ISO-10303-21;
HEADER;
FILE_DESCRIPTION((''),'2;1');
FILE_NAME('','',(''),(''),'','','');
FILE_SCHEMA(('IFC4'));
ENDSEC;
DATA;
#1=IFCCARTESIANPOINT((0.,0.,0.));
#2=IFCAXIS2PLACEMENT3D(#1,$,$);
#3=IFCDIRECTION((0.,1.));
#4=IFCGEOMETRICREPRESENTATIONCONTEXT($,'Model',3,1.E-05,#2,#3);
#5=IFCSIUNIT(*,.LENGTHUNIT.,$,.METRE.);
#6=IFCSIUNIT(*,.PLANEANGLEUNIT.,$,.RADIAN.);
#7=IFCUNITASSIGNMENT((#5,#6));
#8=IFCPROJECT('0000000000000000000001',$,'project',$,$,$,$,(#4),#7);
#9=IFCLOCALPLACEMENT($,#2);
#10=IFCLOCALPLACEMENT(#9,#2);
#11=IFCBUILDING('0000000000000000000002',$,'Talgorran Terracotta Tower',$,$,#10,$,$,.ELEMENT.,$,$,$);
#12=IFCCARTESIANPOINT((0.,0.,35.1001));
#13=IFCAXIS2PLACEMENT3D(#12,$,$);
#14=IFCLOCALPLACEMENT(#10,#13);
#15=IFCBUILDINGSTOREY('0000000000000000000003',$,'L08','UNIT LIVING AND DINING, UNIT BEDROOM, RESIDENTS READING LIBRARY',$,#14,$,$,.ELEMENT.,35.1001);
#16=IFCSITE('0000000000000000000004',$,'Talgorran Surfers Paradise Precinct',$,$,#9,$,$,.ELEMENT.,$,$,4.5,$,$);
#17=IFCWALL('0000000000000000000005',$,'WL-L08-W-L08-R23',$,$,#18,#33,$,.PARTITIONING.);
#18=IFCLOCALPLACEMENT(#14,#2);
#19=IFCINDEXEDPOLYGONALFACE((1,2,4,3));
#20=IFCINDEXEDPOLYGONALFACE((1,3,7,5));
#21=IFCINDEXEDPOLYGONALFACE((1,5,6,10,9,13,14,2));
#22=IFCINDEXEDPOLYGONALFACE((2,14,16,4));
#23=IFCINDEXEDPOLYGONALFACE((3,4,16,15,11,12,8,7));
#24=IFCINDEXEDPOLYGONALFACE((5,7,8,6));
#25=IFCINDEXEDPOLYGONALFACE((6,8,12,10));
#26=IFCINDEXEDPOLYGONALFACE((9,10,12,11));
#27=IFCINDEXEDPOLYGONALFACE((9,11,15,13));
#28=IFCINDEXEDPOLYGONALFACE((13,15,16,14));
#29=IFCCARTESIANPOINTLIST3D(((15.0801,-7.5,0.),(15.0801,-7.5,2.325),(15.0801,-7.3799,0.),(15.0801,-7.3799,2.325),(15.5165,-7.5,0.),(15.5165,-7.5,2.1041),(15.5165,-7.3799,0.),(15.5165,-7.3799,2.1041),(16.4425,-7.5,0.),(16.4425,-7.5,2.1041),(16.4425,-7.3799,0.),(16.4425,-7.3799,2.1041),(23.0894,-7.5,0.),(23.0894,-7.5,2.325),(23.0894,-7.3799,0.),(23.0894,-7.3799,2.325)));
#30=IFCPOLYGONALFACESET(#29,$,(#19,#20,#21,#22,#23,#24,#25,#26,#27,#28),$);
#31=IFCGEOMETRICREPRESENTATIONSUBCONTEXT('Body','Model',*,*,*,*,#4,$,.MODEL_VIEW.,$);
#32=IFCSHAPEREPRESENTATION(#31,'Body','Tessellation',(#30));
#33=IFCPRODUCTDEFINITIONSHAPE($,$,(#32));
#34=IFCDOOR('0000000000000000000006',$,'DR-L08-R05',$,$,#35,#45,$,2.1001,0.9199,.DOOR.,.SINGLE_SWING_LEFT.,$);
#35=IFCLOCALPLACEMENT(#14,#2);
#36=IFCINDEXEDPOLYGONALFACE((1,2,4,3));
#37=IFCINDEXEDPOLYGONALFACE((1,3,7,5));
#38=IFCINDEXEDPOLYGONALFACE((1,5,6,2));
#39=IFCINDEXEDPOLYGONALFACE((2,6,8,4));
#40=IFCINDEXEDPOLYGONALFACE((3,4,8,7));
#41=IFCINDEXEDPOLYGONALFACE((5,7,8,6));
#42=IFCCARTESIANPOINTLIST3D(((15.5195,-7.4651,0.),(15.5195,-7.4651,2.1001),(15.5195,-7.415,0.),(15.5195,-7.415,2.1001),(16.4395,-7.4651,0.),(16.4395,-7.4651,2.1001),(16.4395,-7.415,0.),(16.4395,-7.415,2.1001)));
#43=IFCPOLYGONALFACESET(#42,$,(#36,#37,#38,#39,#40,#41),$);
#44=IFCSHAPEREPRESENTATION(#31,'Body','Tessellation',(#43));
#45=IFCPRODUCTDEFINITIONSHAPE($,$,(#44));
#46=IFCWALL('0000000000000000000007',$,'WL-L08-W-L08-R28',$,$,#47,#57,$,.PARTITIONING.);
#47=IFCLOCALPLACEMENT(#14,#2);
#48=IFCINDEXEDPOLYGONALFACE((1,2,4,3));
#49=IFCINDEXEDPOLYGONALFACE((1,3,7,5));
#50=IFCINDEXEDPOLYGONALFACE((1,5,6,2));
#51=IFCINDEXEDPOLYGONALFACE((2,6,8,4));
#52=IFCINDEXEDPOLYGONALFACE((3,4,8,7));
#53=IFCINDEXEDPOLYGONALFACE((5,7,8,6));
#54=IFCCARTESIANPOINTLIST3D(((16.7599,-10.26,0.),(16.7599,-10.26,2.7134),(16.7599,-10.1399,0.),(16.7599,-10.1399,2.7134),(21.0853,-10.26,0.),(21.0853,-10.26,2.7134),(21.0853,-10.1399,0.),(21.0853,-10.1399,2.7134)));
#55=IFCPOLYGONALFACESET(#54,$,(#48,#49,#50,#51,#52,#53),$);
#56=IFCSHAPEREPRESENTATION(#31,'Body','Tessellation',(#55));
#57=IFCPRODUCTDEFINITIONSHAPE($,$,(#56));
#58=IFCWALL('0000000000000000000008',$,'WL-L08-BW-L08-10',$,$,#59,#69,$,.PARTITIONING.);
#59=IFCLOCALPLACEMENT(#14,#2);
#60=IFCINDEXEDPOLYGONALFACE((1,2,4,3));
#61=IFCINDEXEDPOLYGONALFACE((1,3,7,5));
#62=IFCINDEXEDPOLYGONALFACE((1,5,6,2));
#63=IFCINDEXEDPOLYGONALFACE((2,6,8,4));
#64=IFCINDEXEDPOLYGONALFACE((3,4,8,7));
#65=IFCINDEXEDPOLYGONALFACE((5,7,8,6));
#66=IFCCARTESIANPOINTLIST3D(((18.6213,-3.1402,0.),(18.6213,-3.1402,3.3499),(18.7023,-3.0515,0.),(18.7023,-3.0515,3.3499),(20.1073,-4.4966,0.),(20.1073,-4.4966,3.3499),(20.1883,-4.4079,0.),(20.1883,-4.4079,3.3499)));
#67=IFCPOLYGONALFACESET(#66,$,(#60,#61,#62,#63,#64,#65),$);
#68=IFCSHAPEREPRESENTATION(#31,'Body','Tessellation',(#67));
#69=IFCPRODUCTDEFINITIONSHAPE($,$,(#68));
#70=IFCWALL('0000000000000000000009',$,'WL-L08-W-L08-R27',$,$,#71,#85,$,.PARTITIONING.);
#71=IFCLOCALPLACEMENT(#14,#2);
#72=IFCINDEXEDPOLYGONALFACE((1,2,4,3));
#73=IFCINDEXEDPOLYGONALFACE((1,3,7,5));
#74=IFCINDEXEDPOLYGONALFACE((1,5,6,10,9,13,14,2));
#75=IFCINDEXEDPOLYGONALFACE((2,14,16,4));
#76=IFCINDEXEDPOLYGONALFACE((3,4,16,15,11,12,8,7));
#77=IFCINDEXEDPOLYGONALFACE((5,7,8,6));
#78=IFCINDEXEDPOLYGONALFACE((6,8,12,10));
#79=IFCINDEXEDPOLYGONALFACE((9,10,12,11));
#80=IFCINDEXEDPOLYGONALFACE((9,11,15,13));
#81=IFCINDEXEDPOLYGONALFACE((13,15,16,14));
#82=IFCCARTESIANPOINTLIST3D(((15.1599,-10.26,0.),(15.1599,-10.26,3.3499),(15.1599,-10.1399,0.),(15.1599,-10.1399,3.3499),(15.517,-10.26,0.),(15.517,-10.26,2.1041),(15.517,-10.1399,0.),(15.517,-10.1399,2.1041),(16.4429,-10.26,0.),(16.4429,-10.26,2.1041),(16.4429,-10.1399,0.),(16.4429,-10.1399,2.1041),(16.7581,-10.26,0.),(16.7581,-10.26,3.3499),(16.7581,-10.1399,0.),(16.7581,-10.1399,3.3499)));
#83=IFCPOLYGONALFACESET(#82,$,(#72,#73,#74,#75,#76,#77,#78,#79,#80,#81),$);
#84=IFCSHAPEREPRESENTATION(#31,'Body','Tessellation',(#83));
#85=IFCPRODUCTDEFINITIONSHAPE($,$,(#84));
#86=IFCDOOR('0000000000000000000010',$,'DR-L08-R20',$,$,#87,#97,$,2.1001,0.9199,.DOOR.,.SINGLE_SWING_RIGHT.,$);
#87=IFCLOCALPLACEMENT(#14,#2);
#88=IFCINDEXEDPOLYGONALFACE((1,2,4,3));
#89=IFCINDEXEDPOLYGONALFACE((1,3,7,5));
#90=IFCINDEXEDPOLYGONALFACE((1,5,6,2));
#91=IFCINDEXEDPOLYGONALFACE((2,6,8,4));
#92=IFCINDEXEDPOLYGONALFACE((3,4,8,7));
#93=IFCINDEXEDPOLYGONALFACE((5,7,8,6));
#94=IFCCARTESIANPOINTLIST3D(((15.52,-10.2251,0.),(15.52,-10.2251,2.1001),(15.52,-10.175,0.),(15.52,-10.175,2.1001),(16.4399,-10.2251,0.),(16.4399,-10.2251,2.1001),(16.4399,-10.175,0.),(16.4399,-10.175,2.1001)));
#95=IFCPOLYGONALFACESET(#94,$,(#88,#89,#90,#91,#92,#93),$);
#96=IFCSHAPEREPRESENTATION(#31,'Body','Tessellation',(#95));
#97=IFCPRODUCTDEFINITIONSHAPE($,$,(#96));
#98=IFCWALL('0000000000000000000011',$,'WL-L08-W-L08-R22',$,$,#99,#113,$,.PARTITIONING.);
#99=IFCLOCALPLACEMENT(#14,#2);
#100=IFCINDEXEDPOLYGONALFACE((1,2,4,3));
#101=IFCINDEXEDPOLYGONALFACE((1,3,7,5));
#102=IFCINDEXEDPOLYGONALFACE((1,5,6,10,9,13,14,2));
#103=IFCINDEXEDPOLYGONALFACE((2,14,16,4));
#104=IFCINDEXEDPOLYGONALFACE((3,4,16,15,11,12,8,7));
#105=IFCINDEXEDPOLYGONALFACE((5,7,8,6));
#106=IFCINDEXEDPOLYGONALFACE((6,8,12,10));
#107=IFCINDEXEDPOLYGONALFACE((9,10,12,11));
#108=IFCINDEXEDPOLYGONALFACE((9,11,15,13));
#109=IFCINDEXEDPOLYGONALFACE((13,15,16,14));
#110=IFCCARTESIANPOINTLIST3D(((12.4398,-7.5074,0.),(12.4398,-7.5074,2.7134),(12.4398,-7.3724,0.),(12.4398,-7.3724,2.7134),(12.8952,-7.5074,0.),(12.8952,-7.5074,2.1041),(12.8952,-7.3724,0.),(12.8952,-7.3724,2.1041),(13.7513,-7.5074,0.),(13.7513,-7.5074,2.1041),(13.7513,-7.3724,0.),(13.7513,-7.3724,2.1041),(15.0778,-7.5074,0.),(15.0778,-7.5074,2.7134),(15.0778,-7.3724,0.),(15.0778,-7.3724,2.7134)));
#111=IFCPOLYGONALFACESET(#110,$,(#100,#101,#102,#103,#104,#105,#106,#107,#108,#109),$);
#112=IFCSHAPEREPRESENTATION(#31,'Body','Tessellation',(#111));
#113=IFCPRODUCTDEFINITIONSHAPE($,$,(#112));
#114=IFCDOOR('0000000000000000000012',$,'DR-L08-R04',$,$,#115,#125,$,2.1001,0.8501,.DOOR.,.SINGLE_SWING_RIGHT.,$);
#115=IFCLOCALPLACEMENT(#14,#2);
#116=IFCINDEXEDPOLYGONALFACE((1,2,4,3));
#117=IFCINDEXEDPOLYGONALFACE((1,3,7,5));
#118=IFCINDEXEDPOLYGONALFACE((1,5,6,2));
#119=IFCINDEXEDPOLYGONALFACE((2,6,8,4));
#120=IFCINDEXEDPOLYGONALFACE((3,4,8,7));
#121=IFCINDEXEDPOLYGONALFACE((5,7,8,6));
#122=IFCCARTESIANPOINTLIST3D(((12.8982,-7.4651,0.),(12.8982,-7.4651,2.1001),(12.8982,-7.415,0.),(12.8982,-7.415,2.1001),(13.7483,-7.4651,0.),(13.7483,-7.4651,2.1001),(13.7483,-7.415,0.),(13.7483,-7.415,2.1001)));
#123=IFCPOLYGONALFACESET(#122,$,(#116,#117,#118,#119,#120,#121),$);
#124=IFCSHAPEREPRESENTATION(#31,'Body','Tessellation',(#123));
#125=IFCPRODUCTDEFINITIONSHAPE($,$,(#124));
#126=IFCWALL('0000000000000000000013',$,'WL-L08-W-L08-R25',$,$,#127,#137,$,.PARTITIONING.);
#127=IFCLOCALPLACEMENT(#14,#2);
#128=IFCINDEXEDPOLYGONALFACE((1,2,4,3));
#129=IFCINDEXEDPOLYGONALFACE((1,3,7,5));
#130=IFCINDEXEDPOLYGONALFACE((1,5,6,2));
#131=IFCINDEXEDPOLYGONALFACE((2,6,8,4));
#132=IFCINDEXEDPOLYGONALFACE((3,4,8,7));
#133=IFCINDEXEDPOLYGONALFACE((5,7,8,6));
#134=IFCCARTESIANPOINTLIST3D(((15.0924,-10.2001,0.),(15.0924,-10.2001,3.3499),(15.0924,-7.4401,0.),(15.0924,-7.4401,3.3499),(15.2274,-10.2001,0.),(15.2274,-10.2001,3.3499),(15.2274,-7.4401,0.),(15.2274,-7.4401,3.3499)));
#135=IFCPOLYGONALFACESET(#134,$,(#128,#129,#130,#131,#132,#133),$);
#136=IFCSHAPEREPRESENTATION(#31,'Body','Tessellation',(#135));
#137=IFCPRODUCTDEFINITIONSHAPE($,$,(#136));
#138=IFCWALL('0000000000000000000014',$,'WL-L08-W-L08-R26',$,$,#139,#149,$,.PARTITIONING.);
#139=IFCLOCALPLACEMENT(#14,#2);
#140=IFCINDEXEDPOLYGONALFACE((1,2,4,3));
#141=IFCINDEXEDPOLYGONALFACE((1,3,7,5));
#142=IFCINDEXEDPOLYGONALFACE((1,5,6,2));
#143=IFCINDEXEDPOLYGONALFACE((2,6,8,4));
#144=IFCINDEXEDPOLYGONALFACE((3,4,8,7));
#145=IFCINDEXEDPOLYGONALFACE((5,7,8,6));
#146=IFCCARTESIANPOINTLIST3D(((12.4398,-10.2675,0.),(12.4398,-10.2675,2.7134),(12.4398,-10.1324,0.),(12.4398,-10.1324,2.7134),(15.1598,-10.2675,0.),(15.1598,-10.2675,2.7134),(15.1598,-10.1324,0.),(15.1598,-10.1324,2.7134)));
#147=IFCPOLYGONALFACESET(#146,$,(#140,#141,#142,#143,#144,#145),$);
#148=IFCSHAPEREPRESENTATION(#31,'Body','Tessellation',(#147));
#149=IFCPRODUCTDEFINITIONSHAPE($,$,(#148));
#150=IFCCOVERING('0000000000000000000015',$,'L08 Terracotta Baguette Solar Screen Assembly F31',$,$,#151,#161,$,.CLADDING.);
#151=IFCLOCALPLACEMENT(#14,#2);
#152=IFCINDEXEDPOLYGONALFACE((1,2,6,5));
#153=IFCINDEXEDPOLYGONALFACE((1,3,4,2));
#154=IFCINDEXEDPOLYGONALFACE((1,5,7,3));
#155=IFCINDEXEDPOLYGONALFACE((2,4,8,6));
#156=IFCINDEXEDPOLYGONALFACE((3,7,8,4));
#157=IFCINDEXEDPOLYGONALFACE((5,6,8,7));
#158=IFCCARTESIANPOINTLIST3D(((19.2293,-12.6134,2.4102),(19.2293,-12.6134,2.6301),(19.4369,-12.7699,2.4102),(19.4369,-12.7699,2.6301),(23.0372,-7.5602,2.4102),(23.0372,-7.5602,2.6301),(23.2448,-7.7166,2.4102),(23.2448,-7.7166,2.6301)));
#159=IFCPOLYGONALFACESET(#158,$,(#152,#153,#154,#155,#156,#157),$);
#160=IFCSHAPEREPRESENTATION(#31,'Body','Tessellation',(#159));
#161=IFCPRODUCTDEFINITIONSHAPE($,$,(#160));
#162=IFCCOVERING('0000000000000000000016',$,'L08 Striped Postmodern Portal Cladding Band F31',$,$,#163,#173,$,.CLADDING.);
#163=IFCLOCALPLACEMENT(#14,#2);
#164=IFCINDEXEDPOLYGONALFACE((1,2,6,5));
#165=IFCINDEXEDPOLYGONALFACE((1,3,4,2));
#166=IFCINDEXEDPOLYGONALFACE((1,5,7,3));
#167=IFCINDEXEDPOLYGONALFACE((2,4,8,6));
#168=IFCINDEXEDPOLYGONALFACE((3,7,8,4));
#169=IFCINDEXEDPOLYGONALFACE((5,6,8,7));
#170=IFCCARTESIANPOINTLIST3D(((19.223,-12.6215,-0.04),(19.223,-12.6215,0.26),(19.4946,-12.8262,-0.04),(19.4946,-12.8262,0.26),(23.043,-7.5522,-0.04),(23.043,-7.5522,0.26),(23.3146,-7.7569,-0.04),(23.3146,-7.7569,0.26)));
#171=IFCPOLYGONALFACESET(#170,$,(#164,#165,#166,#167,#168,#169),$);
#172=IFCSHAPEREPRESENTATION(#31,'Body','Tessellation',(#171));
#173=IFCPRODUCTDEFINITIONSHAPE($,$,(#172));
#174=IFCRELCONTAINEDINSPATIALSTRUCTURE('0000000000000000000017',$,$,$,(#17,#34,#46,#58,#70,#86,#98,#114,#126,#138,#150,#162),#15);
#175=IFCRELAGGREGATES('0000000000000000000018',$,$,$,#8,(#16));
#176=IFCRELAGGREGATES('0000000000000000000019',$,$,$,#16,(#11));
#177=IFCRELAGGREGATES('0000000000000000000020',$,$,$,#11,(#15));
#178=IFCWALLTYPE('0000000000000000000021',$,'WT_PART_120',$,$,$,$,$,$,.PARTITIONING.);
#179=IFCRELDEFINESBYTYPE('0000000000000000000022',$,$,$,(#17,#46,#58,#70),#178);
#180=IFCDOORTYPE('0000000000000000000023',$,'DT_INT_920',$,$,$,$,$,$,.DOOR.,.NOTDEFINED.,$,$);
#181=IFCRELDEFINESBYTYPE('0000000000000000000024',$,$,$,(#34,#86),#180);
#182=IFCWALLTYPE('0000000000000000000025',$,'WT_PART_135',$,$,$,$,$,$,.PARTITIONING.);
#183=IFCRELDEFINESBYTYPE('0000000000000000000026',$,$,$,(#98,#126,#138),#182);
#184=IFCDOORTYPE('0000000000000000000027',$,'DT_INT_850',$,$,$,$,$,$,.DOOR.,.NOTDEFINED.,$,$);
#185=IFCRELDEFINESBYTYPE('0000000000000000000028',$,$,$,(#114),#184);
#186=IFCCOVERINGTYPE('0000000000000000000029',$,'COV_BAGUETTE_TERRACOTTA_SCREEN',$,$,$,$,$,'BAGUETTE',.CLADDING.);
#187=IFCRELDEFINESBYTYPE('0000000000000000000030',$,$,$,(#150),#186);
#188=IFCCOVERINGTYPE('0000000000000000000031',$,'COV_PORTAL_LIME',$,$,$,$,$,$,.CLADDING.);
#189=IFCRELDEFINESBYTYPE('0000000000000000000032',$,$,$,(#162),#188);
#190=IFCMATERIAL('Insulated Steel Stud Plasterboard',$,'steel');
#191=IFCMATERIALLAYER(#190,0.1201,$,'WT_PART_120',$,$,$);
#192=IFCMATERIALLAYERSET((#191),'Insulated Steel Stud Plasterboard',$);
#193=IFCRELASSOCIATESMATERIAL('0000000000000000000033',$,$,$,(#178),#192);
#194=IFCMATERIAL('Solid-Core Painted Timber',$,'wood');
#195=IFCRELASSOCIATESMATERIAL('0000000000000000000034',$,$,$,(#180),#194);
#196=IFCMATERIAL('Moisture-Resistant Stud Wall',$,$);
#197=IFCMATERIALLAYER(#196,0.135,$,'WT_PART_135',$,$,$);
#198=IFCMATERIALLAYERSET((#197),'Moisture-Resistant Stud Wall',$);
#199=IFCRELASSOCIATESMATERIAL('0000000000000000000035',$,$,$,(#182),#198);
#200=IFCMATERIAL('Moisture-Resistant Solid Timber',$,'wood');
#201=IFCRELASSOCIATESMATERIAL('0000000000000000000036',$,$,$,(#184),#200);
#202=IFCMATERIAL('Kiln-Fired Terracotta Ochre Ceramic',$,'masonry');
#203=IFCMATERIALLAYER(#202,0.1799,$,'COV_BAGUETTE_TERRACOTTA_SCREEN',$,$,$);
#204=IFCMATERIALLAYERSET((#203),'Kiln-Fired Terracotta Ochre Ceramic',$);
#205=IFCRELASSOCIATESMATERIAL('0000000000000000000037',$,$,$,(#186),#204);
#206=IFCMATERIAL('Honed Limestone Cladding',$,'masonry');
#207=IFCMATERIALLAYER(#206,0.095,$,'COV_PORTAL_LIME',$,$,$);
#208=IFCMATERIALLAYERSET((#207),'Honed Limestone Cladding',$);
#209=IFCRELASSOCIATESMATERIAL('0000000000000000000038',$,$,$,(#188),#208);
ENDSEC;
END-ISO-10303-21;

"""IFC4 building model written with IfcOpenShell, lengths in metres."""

from ifc_helpers import new_model, si_unit, direction, frame, frame_2d, origin, origin_2d, place, context, subcontext, project, spatial, rectangle, extrude, material, layer, layer_set, type_object, element, fill, save


model = new_model("IFC4")

# Units and contexts
model_context = context("Model", 3, precision=1e-05, world=origin(), true_north=direction((0.0, 1.0)))
body_context = subcontext(model_context, "Body", "Model", "MODEL_VIEW")
ifc_project = project(units=[si_unit("LENGTHUNIT", "METRE"), si_unit("PLANEANGLEUNIT", "RADIAN")], contexts=[model_context])

# Site, building, storey
site_placement = place(None, origin())
site = spatial("IfcSite", under=ifc_project, at=site_placement, Name="Talgorran Surfers Paradise Precinct", CompositionType="ELEMENT", RefElevation=4.5)
building_placement = place(site_placement, origin())
building = spatial("IfcBuilding", under=site, at=building_placement, Name="Talgorran Terracotta Tower", CompositionType="ELEMENT")
storey_placement = place(building_placement, frame((0.0, 0.0, 35.1001)))
storey = spatial("IfcBuildingStorey", under=building, at=storey_placement, Name="L08", Description="UNIT LIVING AND DINING, UNIT BEDROOM, RESIDENTS READING LIBRARY", CompositionType="ELEMENT", Elevation=35.1001)

# Wall, opening, door
ifc_material_1 = material(Name="Insulated Steel Stud Plasterboard", Category="steel")
ifc_layer_1 = layer(ifc_material_1, 0.1201, Name="WT_PART_120")
ifc_layer_set_1 = layer_set([ifc_layer_1], Name="Insulated Steel Stud Plasterboard")
wall_type_1 = type_object("IfcWallType", Name="WT_PART_120", PredefinedType="PARTITIONING", material=ifc_layer_set_1)
wall_1_placement = place(storey_placement, frame((15.0801, -7.4399, 0.0), z_axis=(0.0, 0.0, 1.0), x_axis=(1.0, 0.0, 0.0)))
wall_1 = element("IfcWall", 1, at=wall_1_placement, inside=storey, type_object=wall_type_1, Name="WL-L08-W-L08-R23", PredefinedType="PARTITIONING", context=body_context, shape_type="SweptSolid", body=[
    extrude(rectangle(XDim=8.0093, YDim=0.1201, at=frame_2d((4.0046, 0.0))), origin(), (0.0, 0.0, 1.0), 2.325),
])
opening_1_placement = place(wall_1_placement, frame((0.4395, 0.0, 0.0)))
opening_1 = element("IfcOpeningElement", 2, at=opening_1_placement, cuts=wall_1, PredefinedType="OPENING", context=body_context, shape_type="SweptSolid", body=[
    extrude(rectangle(XDim=0.9259, YDim=2.1041, at=frame_2d((0.46, 1.052))), frame((0.0, 0.0701, 0.0), z_axis=(0.0, -1.0, 0.0), x_axis=(1.0, 0.0, 0.0)), (0.0, 0.0, 1.0), 0.1401),
])
ifc_material_2 = material(Name="Solid-Core Painted Timber", Category="wood")
door_type_1 = type_object("IfcDoorType", Name="DT_INT_920", OperationType="NOTDEFINED", PredefinedType="DOOR", material=ifc_material_2)
door_1_placement = place(opening_1_placement, origin())
door_1 = element("IfcDoor", 3, at=door_1_placement, inside=storey, type_object=door_type_1, Name="DR-L08-R05", OperationType="SINGLE_SWING_LEFT", OverallHeight=2.1001, OverallWidth=0.9199, PredefinedType="DOOR", context=body_context, shape_type="SweptSolid", body=[
    extrude(rectangle(XDim=0.9199, YDim=2.1001, at=frame_2d((0.46, 1.05))), frame((0.0, 0.0249, 0.0), z_axis=(0.0, -1.0, 0.0), x_axis=(1.0, 0.0, 0.0)), (0.0, 0.0, 1.0), 0.05),
])
fill(opening_1, door_1)

# Walls
wall_2_placement = place(storey_placement, frame((16.76, -10.2, 0.0), z_axis=(0.0, 0.0, 1.0), x_axis=(1.0, 0.0, 0.0)))
element("IfcWall", 4, at=wall_2_placement, inside=storey, type_object=wall_type_1, Name="WL-L08-W-L08-R28", PredefinedType="PARTITIONING", context=body_context, shape_type="SweptSolid", body=[
    extrude(rectangle(XDim=4.3254, YDim=0.1201, at=frame_2d((2.1626, 0.0))), origin(), (0.0, 0.0, 1.0), 2.7134),
])
wall_3_placement = place(storey_placement, frame((20.1477, -4.4521, 0.0), z_axis=(0.0, 0.0, 1.0), x_axis=(-0.738588, 0.674157, 0.0)))
element("IfcWall", 5, at=wall_3_placement, inside=storey, type_object=wall_type_1, Name="WL-L08-BW-L08-10", PredefinedType="PARTITIONING", context=body_context, shape_type="SweptSolid", body=[
    extrude(rectangle(XDim=2.012, YDim=0.1201, at=frame_2d((1.0059, 0.0))), origin(), (0.0, 0.0, 1.0), 3.3499),
])

# Walls, openings, doors
wall_4_placement = place(storey_placement, frame((15.1599, -10.2, 0.0), z_axis=(0.0, 0.0, 1.0), x_axis=(1.0, 0.0, 0.0)))
wall_4 = element("IfcWall", 6, at=wall_4_placement, inside=storey, type_object=wall_type_1, Name="WL-L08-W-L08-R27", PredefinedType="PARTITIONING", context=body_context, shape_type="SweptSolid", body=[
    extrude(rectangle(XDim=1.5981, YDim=0.1201, at=frame_2d((0.7991, 0.0))), origin(), (0.0, 0.0, 1.0), 3.3499),
])
opening_2_placement = place(wall_4_placement, frame((0.3601, 0.0, 0.0)))
opening_2 = element("IfcOpeningElement", 7, at=opening_2_placement, cuts=wall_4, PredefinedType="OPENING", context=body_context, shape_type="SweptSolid", body=[
    extrude(rectangle(XDim=0.9259, YDim=2.1041, at=frame_2d((0.46, 1.052))), frame((0.0, 0.0701, 0.0), z_axis=(0.0, -1.0, 0.0), x_axis=(1.0, 0.0, 0.0)), (0.0, 0.0, 1.0), 0.1401),
])
door_2_placement = place(opening_2_placement, origin())
door_2 = element("IfcDoor", 8, at=door_2_placement, inside=storey, type_object=door_type_1, Name="DR-L08-R20", OperationType="SINGLE_SWING_RIGHT", OverallHeight=2.1001, OverallWidth=0.9199, PredefinedType="DOOR", context=body_context, shape_type="SweptSolid", body=[
    extrude(rectangle(XDim=0.9199, YDim=2.1001, at=frame_2d((0.46, 1.05))), frame((0.0, 0.0249, 0.0), z_axis=(0.0, -1.0, 0.0), x_axis=(1.0, 0.0, 0.0)), (0.0, 0.0, 1.0), 0.05),
])
fill(opening_2, door_2)
ifc_material_3 = material(Name="Moisture-Resistant Stud Wall")
ifc_layer_2 = layer(ifc_material_3, 0.135, Name="WT_PART_135")
ifc_layer_set_2 = layer_set([ifc_layer_2], Name="Moisture-Resistant Stud Wall")
wall_type_2 = type_object("IfcWallType", Name="WT_PART_135", PredefinedType="PARTITIONING", material=ifc_layer_set_2)
wall_5_placement = place(storey_placement, frame((12.4399, -7.4399, 0.0), z_axis=(0.0, 0.0, 1.0), x_axis=(1.0, 0.0, 0.0)))
wall_5 = element("IfcWall", 9, at=wall_5_placement, inside=storey, type_object=wall_type_2, Name="WL-L08-W-L08-R22", PredefinedType="PARTITIONING", context=body_context, shape_type="SweptSolid", body=[
    extrude(rectangle(XDim=2.6379, YDim=0.135, at=frame_2d((1.3188, 0.0))), origin(), (0.0, 0.0, 1.0), 2.7134),
])
opening_3_placement = place(wall_5_placement, frame((0.4583, 0.0, 0.0)))
opening_3 = element("IfcOpeningElement", 10, at=opening_3_placement, cuts=wall_5, PredefinedType="OPENING", context=body_context, shape_type="SweptSolid", body=[
    extrude(rectangle(XDim=0.8561, YDim=2.1041, at=frame_2d((0.425, 1.052))), frame((0.0, 0.0776, 0.0), z_axis=(0.0, -1.0, 0.0), x_axis=(1.0, 0.0, 0.0)), (0.0, 0.0, 1.0), 0.155),
])
ifc_material_4 = material(Name="Moisture-Resistant Solid Timber", Category="wood")
door_type_2 = type_object("IfcDoorType", Name="DT_INT_850", OperationType="NOTDEFINED", PredefinedType="DOOR", material=ifc_material_4)
door_3_placement = place(opening_3_placement, origin())
door_3 = element("IfcDoor", 11, at=door_3_placement, inside=storey, type_object=door_type_2, Name="DR-L08-R04", OperationType="SINGLE_SWING_RIGHT", OverallHeight=2.1001, OverallWidth=0.8501, PredefinedType="DOOR", context=body_context, shape_type="SweptSolid", body=[
    extrude(rectangle(XDim=0.8501, YDim=2.1001, at=frame_2d((0.425, 1.05))), frame((0.0, 0.0249, 0.0), z_axis=(0.0, -1.0, 0.0), x_axis=(1.0, 0.0, 0.0)), (0.0, 0.0, 1.0), 0.05),
])
fill(opening_3, door_3)

# Walls
wall_6_placement = place(storey_placement, frame((15.1599, -10.2, 0.0), z_axis=(0.0, 0.0, 1.0), x_axis=(0.0, 1.0, 0.0)))
element("IfcWall", 12, at=wall_6_placement, inside=storey, type_object=wall_type_2, Name="WL-L08-W-L08-R25", PredefinedType="PARTITIONING", context=body_context, shape_type="SweptSolid", body=[
    extrude(rectangle(XDim=2.76, YDim=0.135, at=frame_2d((1.3799, 0.0))), origin(), (0.0, 0.0, 1.0), 3.3499),
])
wall_7_placement = place(storey_placement, frame((12.4399, -10.2, 0.0), z_axis=(0.0, 0.0, 1.0), x_axis=(1.0, 0.0, 0.0)))
element("IfcWall", 13, at=wall_7_placement, inside=storey, type_object=wall_type_2, Name="WL-L08-W-L08-R26", PredefinedType="PARTITIONING", context=body_context, shape_type="SweptSolid", body=[
    extrude(rectangle(XDim=2.72, YDim=0.135, at=frame_2d((1.3599, 0.0))), origin(), (0.0, 0.0, 1.0), 2.7134),
])

# Coverings
ifc_material_5 = material(Name="Kiln-Fired Terracotta Ochre Ceramic", Category="masonry")
ifc_layer_3 = layer(ifc_material_5, 0.1799, Name="COV_BAGUETTE_TERRACOTTA_SCREEN")
ifc_layer_set_3 = layer_set([ifc_layer_3], Name="Kiln-Fired Terracotta Ochre Ceramic")
covering_type_1 = type_object("IfcCoveringType", Name="COV_BAGUETTE_TERRACOTTA_SCREEN", ElementType="BAGUETTE", PredefinedType="CLADDING", material=ifc_layer_set_3)
covering_1_placement = place(storey_placement, frame((21.2371, -10.165, 2.4102), z_axis=(0.0, 0.0, 1.0), x_axis=(0.601815, 0.798636, 0.0)))
element("IfcCovering", 14, at=covering_1_placement, inside=storey, type_object=covering_type_1, Name="L08 Terracotta Baguette Solar Screen Assembly F31", PredefinedType="CLADDING", context=body_context, shape_type="SweptSolid", body=[
    extrude(rectangle(XDim=6.3274, YDim=0.26, at=origin_2d()), origin(), (0.0, 0.0, 1.0), 0.22),
])
ifc_material_6 = material(Name="Honed Limestone Cladding", Category="masonry")
ifc_layer_4 = layer(ifc_material_6, 0.095, Name="COV_PORTAL_LIME")
ifc_layer_set_4 = layer_set([ifc_layer_4], Name="Honed Limestone Cladding")
covering_type_2 = type_object("IfcCoveringType", Name="COV_PORTAL_LIME", PredefinedType="CLADDING", material=ifc_layer_set_4)
covering_2_placement = place(storey_placement, frame((21.2688, -10.1892, -0.04), z_axis=(0.0, 0.0, 1.0), x_axis=(0.601815, 0.798636, 0.0)))
element("IfcCovering", 15, at=covering_2_placement, inside=storey, type_object=covering_type_2, Name="L08 Striped Postmodern Portal Cladding Band F31", PredefinedType="CLADDING", context=body_context, shape_type="SweptSolid", body=[
    extrude(rectangle(XDim=6.3474, YDim=0.3401, at=origin_2d()), origin(), (0.0, 0.0, 1.0), 0.3),
])

save(model, "model.ifc")
